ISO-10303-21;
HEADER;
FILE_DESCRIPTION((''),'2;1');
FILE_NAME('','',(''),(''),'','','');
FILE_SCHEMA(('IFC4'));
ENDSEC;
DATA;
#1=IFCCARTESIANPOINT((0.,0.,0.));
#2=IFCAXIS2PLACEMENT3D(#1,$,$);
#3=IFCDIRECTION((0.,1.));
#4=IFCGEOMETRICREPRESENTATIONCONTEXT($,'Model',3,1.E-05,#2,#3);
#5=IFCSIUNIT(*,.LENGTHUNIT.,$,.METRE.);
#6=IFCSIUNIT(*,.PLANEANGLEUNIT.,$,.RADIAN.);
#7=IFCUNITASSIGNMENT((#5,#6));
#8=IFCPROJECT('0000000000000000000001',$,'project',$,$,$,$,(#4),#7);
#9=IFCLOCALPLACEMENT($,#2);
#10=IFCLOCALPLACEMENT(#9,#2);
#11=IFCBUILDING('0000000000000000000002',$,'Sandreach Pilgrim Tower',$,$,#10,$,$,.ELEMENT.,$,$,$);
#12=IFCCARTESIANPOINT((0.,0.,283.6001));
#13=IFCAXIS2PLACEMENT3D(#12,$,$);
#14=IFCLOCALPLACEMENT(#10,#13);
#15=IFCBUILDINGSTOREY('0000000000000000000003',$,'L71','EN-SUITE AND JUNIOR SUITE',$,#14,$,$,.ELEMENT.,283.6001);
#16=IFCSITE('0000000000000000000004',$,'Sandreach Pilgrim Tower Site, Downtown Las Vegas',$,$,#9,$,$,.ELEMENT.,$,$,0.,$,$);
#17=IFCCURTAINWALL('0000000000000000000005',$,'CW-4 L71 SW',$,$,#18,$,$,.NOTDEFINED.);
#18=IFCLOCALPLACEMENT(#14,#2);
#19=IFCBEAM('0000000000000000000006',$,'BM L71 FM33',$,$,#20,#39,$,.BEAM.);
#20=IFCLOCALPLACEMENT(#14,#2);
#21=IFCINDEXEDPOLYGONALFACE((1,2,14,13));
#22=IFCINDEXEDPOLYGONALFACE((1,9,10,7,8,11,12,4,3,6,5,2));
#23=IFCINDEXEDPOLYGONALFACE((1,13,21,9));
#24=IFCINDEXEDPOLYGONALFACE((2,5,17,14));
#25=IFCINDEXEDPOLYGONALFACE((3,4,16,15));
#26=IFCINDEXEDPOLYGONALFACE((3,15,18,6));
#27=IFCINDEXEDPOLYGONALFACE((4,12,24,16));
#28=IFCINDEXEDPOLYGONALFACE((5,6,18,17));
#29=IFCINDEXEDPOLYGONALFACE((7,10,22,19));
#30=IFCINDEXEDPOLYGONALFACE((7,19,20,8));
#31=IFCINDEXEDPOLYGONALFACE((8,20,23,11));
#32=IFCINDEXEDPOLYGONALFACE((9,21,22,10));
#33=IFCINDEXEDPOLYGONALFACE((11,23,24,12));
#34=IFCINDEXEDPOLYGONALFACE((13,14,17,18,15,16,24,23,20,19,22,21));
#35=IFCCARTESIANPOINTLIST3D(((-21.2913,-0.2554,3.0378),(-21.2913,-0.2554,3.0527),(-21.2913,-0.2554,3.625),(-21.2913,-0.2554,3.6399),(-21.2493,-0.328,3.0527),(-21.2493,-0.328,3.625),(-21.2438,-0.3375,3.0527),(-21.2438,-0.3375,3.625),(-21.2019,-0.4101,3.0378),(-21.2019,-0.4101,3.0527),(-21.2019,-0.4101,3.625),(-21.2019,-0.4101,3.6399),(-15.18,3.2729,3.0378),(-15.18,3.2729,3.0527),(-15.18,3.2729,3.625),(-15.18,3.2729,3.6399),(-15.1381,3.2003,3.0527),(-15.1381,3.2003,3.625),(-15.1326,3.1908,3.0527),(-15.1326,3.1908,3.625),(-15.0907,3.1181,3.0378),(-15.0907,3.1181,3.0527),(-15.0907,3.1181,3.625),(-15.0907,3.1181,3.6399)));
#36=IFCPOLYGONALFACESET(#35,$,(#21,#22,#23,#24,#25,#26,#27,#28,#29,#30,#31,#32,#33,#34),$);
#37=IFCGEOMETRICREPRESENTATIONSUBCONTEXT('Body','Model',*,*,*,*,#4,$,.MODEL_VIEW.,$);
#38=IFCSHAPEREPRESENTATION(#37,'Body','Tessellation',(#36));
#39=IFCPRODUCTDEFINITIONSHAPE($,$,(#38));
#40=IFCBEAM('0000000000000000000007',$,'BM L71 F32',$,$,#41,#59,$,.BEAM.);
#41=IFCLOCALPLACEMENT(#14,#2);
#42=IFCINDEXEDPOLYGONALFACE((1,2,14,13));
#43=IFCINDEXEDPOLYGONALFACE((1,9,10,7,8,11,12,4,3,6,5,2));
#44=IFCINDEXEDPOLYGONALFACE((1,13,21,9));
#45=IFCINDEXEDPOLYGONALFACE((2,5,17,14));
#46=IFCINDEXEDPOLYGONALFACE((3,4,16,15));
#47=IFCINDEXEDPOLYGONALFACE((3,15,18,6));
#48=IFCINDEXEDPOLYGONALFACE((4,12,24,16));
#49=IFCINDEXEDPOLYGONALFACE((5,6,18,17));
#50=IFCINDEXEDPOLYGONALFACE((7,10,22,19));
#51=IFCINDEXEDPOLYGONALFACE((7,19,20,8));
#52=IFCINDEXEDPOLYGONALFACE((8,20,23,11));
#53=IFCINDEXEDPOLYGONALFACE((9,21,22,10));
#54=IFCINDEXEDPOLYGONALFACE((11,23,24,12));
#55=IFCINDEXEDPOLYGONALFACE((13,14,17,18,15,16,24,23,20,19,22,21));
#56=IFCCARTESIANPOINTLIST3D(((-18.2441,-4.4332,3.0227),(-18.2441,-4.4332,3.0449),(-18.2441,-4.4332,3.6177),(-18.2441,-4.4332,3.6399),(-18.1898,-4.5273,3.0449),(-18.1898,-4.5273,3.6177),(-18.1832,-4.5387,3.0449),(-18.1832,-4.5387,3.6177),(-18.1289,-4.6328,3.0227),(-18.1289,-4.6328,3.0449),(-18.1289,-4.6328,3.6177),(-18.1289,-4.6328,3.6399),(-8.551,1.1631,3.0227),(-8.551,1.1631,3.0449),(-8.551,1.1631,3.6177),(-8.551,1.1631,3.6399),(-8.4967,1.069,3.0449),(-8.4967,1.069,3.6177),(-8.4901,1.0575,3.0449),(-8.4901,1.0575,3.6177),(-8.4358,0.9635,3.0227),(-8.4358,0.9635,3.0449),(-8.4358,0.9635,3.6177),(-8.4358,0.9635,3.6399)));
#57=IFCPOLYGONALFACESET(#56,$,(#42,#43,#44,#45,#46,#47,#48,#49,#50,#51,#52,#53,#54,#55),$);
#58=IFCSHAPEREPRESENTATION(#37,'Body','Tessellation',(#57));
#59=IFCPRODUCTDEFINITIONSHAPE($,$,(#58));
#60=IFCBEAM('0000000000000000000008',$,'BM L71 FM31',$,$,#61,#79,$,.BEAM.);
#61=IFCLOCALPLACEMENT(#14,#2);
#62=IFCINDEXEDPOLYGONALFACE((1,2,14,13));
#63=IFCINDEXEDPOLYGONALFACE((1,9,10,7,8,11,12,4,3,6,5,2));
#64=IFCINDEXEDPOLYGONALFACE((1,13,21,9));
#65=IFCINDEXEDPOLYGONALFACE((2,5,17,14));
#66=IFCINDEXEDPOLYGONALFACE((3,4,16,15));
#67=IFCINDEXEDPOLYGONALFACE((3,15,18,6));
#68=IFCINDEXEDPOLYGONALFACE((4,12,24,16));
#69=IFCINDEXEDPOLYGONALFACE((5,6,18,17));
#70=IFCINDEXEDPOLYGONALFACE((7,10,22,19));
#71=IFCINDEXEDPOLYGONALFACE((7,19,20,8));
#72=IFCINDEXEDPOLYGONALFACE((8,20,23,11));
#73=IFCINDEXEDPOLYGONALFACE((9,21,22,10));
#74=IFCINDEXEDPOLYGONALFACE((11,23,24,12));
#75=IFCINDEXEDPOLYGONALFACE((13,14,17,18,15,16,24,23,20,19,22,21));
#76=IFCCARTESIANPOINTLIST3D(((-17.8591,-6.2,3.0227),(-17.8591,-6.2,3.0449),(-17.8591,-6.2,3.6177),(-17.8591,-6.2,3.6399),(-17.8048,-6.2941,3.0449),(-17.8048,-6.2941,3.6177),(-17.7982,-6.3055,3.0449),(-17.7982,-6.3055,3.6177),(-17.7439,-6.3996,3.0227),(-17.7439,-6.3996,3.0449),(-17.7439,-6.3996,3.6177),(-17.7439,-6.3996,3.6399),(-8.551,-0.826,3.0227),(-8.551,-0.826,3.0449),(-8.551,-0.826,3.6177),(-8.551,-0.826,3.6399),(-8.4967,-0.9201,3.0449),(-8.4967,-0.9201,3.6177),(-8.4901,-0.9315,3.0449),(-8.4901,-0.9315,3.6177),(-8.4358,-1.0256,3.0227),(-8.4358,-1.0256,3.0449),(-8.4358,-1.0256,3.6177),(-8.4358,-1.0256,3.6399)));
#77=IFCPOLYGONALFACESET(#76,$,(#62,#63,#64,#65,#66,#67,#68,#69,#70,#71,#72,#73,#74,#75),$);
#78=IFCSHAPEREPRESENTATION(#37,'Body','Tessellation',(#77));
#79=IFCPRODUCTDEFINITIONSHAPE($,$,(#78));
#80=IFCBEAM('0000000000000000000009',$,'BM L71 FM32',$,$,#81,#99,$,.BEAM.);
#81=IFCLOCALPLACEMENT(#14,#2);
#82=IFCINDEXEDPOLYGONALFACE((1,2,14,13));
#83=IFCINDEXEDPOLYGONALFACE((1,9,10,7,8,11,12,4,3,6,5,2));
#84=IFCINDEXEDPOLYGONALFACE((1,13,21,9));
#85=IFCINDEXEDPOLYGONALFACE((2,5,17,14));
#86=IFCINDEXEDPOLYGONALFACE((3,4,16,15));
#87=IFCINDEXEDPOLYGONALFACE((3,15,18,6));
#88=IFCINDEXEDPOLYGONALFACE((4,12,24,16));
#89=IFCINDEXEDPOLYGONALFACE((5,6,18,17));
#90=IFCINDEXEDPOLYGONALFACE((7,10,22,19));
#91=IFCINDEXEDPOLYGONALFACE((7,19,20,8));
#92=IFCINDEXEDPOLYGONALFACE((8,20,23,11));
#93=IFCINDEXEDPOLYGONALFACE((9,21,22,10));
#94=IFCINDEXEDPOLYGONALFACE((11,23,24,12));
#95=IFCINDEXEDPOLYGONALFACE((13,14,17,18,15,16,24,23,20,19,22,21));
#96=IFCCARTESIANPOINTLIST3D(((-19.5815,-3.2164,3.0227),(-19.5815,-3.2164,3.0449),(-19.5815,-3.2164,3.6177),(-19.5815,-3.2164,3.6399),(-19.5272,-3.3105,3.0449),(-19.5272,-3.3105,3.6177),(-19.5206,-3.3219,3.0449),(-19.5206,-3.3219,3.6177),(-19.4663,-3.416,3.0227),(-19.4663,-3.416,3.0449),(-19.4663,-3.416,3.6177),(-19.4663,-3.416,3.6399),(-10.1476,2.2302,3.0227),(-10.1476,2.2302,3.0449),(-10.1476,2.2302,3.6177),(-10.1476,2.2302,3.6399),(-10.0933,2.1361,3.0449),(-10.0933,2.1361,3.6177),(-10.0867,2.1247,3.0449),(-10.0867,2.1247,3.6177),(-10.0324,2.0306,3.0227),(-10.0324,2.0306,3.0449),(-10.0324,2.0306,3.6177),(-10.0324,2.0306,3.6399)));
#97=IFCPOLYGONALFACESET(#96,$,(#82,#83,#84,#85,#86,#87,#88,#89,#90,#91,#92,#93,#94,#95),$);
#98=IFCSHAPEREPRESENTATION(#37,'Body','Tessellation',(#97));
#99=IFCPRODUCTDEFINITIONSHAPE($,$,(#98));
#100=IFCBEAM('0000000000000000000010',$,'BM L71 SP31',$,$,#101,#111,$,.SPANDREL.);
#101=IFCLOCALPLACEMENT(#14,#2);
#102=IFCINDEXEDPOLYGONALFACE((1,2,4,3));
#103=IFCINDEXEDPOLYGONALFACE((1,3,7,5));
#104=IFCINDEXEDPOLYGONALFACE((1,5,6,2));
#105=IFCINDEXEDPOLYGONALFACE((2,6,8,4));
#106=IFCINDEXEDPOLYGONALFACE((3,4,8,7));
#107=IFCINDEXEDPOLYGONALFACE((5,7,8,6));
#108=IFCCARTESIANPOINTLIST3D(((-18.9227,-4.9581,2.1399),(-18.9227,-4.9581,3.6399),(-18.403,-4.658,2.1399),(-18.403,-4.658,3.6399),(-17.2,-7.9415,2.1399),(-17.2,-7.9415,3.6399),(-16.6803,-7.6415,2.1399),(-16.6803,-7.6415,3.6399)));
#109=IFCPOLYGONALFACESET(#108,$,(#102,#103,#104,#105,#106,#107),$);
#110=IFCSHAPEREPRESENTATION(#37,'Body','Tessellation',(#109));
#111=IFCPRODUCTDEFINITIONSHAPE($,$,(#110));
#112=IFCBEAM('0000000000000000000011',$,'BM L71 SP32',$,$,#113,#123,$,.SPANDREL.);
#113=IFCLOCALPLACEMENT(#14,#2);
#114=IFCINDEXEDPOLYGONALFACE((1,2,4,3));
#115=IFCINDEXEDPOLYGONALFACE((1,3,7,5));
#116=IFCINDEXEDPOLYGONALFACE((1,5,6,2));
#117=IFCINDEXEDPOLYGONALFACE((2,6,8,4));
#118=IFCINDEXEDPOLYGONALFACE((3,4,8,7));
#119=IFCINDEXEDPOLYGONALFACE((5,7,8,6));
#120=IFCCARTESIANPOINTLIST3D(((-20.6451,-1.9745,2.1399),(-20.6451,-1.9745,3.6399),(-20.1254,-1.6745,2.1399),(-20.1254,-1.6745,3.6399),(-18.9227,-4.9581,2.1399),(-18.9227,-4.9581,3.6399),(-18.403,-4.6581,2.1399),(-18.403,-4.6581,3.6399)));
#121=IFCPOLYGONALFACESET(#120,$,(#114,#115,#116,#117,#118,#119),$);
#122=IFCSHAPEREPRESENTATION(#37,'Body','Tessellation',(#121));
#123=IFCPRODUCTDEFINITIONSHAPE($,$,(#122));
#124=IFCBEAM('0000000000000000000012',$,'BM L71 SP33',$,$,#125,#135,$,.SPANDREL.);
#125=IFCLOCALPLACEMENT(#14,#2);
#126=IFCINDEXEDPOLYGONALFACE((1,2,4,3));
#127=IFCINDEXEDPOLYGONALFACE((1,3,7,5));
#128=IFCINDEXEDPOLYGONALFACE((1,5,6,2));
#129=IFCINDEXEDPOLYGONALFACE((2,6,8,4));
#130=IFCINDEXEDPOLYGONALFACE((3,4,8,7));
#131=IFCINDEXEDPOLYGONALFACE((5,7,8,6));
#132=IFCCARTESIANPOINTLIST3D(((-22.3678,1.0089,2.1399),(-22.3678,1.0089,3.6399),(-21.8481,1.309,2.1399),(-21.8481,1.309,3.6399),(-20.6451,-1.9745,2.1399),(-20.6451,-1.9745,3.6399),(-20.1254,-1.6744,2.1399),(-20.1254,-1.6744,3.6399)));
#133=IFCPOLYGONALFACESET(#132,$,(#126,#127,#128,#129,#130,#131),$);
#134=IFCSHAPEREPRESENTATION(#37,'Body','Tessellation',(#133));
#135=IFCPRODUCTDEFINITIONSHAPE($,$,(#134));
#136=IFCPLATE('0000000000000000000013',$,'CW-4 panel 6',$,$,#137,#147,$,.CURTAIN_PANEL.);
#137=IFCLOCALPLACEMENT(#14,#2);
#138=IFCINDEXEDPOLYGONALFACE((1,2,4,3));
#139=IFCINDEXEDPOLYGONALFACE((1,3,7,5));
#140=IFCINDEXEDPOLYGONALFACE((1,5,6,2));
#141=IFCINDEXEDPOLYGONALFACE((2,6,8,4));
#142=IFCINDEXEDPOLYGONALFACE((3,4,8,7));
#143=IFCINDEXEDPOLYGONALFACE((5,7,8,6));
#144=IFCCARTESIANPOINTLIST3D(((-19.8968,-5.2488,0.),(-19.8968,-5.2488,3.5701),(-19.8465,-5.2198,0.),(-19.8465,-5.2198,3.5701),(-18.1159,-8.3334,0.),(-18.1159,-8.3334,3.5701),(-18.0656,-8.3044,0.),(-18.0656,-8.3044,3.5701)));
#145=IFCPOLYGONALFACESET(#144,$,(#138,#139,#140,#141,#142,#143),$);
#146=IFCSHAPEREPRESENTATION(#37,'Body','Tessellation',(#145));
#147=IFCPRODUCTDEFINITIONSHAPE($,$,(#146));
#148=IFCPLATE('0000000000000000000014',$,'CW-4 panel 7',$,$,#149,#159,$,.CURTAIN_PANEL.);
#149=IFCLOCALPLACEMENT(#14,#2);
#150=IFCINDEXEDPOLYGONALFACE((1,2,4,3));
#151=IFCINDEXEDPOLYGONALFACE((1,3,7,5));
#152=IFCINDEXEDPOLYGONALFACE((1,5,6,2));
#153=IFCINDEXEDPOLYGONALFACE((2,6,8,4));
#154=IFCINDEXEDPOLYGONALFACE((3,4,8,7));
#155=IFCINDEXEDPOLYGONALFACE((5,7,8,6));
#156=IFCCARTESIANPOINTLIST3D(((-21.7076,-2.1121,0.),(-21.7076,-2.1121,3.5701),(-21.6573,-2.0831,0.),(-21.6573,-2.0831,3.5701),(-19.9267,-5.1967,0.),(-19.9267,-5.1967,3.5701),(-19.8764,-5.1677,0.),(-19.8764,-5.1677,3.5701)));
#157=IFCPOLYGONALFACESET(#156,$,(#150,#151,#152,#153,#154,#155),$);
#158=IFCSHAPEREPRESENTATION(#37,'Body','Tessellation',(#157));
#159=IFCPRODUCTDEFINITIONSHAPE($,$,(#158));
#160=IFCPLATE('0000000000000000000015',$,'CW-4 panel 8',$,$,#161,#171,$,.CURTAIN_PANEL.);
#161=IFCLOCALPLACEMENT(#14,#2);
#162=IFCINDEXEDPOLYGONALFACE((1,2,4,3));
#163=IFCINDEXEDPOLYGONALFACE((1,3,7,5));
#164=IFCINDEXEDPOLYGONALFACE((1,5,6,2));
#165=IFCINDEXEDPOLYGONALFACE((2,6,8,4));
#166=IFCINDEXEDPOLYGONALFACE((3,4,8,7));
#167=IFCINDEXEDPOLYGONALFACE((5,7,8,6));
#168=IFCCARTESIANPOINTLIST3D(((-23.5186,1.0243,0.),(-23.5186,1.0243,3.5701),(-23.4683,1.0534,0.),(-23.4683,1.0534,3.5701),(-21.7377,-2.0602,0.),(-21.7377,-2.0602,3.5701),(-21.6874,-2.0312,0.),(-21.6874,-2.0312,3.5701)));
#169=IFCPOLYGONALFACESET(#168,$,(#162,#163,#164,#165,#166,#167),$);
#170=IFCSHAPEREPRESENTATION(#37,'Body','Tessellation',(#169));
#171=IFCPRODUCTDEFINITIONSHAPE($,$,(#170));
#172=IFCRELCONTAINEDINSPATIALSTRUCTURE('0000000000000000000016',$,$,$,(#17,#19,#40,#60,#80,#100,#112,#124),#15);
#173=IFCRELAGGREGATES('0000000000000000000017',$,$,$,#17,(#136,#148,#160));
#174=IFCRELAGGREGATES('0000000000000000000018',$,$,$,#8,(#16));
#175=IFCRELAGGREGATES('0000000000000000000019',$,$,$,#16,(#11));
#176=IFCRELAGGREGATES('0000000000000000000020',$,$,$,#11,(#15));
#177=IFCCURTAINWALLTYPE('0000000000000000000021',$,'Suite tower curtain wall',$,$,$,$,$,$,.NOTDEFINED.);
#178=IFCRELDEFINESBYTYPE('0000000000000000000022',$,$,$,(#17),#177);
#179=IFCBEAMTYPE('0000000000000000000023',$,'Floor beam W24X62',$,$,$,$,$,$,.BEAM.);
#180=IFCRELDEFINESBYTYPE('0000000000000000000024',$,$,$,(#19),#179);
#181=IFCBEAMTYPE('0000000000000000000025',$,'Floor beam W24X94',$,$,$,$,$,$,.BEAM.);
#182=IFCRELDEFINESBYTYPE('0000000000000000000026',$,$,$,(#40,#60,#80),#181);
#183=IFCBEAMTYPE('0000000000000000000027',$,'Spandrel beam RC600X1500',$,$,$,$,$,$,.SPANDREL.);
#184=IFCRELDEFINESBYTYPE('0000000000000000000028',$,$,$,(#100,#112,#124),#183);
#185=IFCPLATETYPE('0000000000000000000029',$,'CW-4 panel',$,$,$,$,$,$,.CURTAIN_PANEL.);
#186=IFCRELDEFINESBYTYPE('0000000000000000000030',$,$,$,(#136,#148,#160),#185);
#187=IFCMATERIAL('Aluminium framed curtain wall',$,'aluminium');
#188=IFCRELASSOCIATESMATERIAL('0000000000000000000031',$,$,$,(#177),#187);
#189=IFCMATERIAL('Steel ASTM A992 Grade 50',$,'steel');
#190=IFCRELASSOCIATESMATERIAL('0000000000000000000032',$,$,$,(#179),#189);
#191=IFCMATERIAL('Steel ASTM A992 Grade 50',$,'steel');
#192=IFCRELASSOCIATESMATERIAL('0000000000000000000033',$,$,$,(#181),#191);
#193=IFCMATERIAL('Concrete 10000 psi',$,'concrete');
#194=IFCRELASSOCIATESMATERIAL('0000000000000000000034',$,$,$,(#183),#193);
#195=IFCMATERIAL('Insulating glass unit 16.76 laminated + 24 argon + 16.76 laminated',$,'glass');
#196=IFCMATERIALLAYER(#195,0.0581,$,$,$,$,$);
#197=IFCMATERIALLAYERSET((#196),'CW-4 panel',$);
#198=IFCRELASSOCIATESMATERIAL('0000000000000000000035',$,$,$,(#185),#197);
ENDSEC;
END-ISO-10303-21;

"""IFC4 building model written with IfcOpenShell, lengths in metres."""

from ifc_helpers import new_model, si_unit, direction, frame, origin, origin_2d, place, context, subcontext, project, spatial, rectangle, i_section, extrude, material, layer, layer_set, material_profile, profile_set, type_object, element, aggregate, save


model = new_model("IFC4")

# Units and contexts
model_context = context("Model", 3, precision=1e-05, world=origin(), true_north=direction((0.0, 1.0)))
body_context = subcontext(model_context, "Body", "Model", "MODEL_VIEW")
ifc_project = project(units=[si_unit("LENGTHUNIT", "METRE"), si_unit("PLANEANGLEUNIT", "RADIAN")], contexts=[model_context])

# Site, building, storey
site_placement = place(None, origin())
site = spatial("IfcSite", under=ifc_project, at=site_placement, Name="Sandreach Pilgrim Tower Site, Downtown Las Vegas", CompositionType="ELEMENT", RefElevation=0.0)
building_placement = place(site_placement, origin())
building = spatial("IfcBuilding", under=site, at=building_placement, Name="Sandreach Pilgrim Tower", CompositionType="ELEMENT")
storey_placement = place(building_placement, frame((0.0, 0.0, 283.6001)))
storey = spatial("IfcBuildingStorey", under=building, at=storey_placement, Name="L71", Description="EN-SUITE AND JUNIOR SUITE", CompositionType="ELEMENT", Elevation=283.6001)

# Curtain wall
ifc_material_1 = material(Name="Aluminium framed curtain wall", Category="aluminium")
curtain_wall_type = type_object("IfcCurtainWallType", Name="Suite tower curtain wall", PredefinedType="NOTDEFINED", material=ifc_material_1)
curtain_wall_placement = place(storey_placement, origin())
curtain_wall = element("IfcCurtainWall", 1, at=curtain_wall_placement, inside=storey, type_object=curtain_wall_type, Name="CW-4 L71 SW", PredefinedType="NOTDEFINED")

# Beams
ifc_material_2 = material(Name="Steel ASTM A992 Grade 50", Category="steel")
ifc_material_profile_1 = material_profile(ifc_material_2, i_section(OverallWidth=0.1787, OverallDepth=0.6021, WebThickness=0.011, FlangeThickness=0.0149, at=origin_2d()), Name="W24X62")
ifc_profile_set_1 = profile_set([ifc_material_profile_1], Name="Steel ASTM A992 Grade 50")
beam_type_1 = type_object("IfcBeamType", Name="Floor beam W24X62", PredefinedType="BEAM", material=ifc_profile_set_1)
beam_1_placement = place(storey_placement, frame((-21.2466, -0.3328, 3.3389), z_axis=(0.866029, 0.499994, 0.0), x_axis=(-0.499994, 0.866029, 0.0)))
element("IfcBeam", 2, at=beam_1_placement, inside=storey, type_object=beam_type_1, Name="BM L71 FM33", PredefinedType="BEAM", context=body_context, shape_type="SweptSolid", body=[
    extrude(i_section(OverallWidth=0.1787, OverallDepth=0.6021, WebThickness=0.011, FlangeThickness=0.0149, at=origin_2d()), origin(), (0.0, 0.0, 1.0), 7.0566),
])
ifc_material_3 = material(Name="Steel ASTM A992 Grade 50", Category="steel")
ifc_material_profile_2 = material_profile(ifc_material_3, i_section(OverallWidth=0.2305, OverallDepth=0.6172, WebThickness=0.0132, FlangeThickness=0.0222, at=origin_2d()), Name="W24X94")
ifc_profile_set_2 = profile_set([ifc_material_profile_2], Name="Steel ASTM A992 Grade 50")
beam_type_2 = type_object("IfcBeamType", Name="Floor beam W24X94", PredefinedType="BEAM", material=ifc_profile_set_2)
beam_2_placement = place(storey_placement, frame((-18.1865, -4.533, 3.3313), z_axis=(0.86603, 0.499991, 0.0), x_axis=(-0.499991, 0.86603, 0.0)))
element("IfcBeam", 3, at=beam_2_placement, inside=storey, type_object=beam_type_2, Name="BM L71 F32", PredefinedType="BEAM", context=body_context, shape_type="SweptSolid", body=[
    extrude(i_section(OverallWidth=0.2305, OverallDepth=0.6172, WebThickness=0.0132, FlangeThickness=0.0222, at=origin_2d()), origin(), (0.0, 0.0, 1.0), 11.1926),
])
beam_3_placement = place(storey_placement, frame((-17.8015, -6.2998, 3.3313), z_axis=(0.866026, 0.499999, 0.0), x_axis=(-0.499999, 0.866026, 0.0)))
element("IfcBeam", 4, at=beam_3_placement, inside=storey, type_object=beam_type_2, Name="BM L71 FM31", PredefinedType="BEAM", context=body_context, shape_type="SweptSolid", body=[
    extrude(i_section(OverallWidth=0.2305, OverallDepth=0.6172, WebThickness=0.0132, FlangeThickness=0.0222, at=origin_2d()), origin(), (0.0, 0.0, 1.0), 10.748),
])
beam_4_placement = place(storey_placement, frame((-19.5239, -3.3162, 3.3313), z_axis=(0.866029, 0.499993, 0.0), x_axis=(-0.499993, 0.866029, 0.0)))
element("IfcBeam", 5, at=beam_4_placement, inside=storey, type_object=beam_type_2, Name="BM L71 FM32", PredefinedType="BEAM", context=body_context, shape_type="SweptSolid", body=[
    extrude(i_section(OverallWidth=0.2305, OverallDepth=0.6172, WebThickness=0.0132, FlangeThickness=0.0222, at=origin_2d()), origin(), (0.0, 0.0, 1.0), 10.8933),
])
ifc_material_4 = material(Name="Concrete 10000 psi", Category="concrete")
ifc_material_profile_3 = material_profile(ifc_material_4, rectangle(XDim=0.6001, YDim=1.5, at=origin_2d()), Name="RC600X1500")
ifc_profile_set_3 = profile_set([ifc_material_profile_3], Name="Concrete 10000 psi")
beam_type_3 = type_object("IfcBeamType", Name="Spandrel beam RC600X1500", PredefinedType="SPANDREL", material=ifc_profile_set_3)
for number, where, z_axis, x_axis, name in (
    (6, (-16.9402, -7.7915, 2.8899), (-0.500041, 0.866001, 0.0), (-0.866001, -0.500041, 0.0), "BM L71 SP31"),
    (7, (-18.6628, -4.8081, 2.8899), (-0.499958, 0.86605, 0.0), (-0.86605, -0.499958, 0.0), "BM L71 SP32"),
    (8, (-20.3853, -1.8245, 2.8899), (-0.500041, 0.866001, 0.0), (-0.866001, -0.500041, 0.0), "BM L71 SP33"),
):
    element("IfcBeam", number, at=place(storey_placement, frame(where, z_axis=z_axis, x_axis=x_axis)), inside=storey, type_object=beam_type_3, Name=name, PredefinedType="SPANDREL", context=body_context, shape_type="SweptSolid", body=[
        extrude(rectangle(XDim=0.6001, YDim=1.5, at=origin_2d()), origin(), (0.0, 0.0, 1.0), 3.4451),
    ])

# Plates
ifc_material_5 = material(Name="Insulating glass unit 16.76 laminated + 24 argon + 16.76 laminated", Category="glass")
ifc_layer_1 = layer(ifc_material_5, 0.0581)
ifc_layer_set_1 = layer_set([ifc_layer_1], Name="CW-4 panel")
plate_type = type_object("IfcPlateType", Name="CW-4 panel", PredefinedType="CURTAIN_PANEL", material=ifc_layer_set_1)
plate_1_placement = place(storey_placement, frame((-18.9812, -6.7766, 0.0), z_axis=(0.0, 0.0, 1.0), x_axis=(-0.5, 0.866025, 0.0)))
plate_1 = element("IfcPlate", 9, at=plate_1_placement, type_object=plate_type, Name="CW-4 panel 6", PredefinedType="CURTAIN_PANEL", context=body_context, shape_type="SweptSolid", body=[
    extrude(rectangle(XDim=3.5618, YDim=0.0581, at=origin_2d()), origin(), (0.0, 0.0, 1.0), 3.5701),
])
plate_2_placement = place(storey_placement, frame((-20.792, -3.6399, 0.0), z_axis=(0.0, 0.0, 1.0), x_axis=(-0.5, 0.866025, 0.0)))
plate_2 = element("IfcPlate", 10, at=plate_2_placement, type_object=plate_type, Name="CW-4 panel 7", PredefinedType="CURTAIN_PANEL", context=body_context, shape_type="SweptSolid", body=[
    extrude(rectangle(XDim=3.5618, YDim=0.0581, at=origin_2d()), origin(), (0.0, 0.0, 1.0), 3.5701),
])
plate_3_placement = place(storey_placement, frame((-22.603, -0.5034, 0.0), z_axis=(0.0, 0.0, 1.0), x_axis=(-0.5, 0.866025, 0.0)))
plate_3 = element("IfcPlate", 11, at=plate_3_placement, type_object=plate_type, Name="CW-4 panel 8", PredefinedType="CURTAIN_PANEL", context=body_context, shape_type="SweptSolid", body=[
    extrude(rectangle(XDim=3.5618, YDim=0.0581, at=origin_2d()), origin(), (0.0, 0.0, 1.0), 3.5701),
])
aggregate(curtain_wall, [plate_1, plate_2, plate_3])

save(model, "model.ifc")
